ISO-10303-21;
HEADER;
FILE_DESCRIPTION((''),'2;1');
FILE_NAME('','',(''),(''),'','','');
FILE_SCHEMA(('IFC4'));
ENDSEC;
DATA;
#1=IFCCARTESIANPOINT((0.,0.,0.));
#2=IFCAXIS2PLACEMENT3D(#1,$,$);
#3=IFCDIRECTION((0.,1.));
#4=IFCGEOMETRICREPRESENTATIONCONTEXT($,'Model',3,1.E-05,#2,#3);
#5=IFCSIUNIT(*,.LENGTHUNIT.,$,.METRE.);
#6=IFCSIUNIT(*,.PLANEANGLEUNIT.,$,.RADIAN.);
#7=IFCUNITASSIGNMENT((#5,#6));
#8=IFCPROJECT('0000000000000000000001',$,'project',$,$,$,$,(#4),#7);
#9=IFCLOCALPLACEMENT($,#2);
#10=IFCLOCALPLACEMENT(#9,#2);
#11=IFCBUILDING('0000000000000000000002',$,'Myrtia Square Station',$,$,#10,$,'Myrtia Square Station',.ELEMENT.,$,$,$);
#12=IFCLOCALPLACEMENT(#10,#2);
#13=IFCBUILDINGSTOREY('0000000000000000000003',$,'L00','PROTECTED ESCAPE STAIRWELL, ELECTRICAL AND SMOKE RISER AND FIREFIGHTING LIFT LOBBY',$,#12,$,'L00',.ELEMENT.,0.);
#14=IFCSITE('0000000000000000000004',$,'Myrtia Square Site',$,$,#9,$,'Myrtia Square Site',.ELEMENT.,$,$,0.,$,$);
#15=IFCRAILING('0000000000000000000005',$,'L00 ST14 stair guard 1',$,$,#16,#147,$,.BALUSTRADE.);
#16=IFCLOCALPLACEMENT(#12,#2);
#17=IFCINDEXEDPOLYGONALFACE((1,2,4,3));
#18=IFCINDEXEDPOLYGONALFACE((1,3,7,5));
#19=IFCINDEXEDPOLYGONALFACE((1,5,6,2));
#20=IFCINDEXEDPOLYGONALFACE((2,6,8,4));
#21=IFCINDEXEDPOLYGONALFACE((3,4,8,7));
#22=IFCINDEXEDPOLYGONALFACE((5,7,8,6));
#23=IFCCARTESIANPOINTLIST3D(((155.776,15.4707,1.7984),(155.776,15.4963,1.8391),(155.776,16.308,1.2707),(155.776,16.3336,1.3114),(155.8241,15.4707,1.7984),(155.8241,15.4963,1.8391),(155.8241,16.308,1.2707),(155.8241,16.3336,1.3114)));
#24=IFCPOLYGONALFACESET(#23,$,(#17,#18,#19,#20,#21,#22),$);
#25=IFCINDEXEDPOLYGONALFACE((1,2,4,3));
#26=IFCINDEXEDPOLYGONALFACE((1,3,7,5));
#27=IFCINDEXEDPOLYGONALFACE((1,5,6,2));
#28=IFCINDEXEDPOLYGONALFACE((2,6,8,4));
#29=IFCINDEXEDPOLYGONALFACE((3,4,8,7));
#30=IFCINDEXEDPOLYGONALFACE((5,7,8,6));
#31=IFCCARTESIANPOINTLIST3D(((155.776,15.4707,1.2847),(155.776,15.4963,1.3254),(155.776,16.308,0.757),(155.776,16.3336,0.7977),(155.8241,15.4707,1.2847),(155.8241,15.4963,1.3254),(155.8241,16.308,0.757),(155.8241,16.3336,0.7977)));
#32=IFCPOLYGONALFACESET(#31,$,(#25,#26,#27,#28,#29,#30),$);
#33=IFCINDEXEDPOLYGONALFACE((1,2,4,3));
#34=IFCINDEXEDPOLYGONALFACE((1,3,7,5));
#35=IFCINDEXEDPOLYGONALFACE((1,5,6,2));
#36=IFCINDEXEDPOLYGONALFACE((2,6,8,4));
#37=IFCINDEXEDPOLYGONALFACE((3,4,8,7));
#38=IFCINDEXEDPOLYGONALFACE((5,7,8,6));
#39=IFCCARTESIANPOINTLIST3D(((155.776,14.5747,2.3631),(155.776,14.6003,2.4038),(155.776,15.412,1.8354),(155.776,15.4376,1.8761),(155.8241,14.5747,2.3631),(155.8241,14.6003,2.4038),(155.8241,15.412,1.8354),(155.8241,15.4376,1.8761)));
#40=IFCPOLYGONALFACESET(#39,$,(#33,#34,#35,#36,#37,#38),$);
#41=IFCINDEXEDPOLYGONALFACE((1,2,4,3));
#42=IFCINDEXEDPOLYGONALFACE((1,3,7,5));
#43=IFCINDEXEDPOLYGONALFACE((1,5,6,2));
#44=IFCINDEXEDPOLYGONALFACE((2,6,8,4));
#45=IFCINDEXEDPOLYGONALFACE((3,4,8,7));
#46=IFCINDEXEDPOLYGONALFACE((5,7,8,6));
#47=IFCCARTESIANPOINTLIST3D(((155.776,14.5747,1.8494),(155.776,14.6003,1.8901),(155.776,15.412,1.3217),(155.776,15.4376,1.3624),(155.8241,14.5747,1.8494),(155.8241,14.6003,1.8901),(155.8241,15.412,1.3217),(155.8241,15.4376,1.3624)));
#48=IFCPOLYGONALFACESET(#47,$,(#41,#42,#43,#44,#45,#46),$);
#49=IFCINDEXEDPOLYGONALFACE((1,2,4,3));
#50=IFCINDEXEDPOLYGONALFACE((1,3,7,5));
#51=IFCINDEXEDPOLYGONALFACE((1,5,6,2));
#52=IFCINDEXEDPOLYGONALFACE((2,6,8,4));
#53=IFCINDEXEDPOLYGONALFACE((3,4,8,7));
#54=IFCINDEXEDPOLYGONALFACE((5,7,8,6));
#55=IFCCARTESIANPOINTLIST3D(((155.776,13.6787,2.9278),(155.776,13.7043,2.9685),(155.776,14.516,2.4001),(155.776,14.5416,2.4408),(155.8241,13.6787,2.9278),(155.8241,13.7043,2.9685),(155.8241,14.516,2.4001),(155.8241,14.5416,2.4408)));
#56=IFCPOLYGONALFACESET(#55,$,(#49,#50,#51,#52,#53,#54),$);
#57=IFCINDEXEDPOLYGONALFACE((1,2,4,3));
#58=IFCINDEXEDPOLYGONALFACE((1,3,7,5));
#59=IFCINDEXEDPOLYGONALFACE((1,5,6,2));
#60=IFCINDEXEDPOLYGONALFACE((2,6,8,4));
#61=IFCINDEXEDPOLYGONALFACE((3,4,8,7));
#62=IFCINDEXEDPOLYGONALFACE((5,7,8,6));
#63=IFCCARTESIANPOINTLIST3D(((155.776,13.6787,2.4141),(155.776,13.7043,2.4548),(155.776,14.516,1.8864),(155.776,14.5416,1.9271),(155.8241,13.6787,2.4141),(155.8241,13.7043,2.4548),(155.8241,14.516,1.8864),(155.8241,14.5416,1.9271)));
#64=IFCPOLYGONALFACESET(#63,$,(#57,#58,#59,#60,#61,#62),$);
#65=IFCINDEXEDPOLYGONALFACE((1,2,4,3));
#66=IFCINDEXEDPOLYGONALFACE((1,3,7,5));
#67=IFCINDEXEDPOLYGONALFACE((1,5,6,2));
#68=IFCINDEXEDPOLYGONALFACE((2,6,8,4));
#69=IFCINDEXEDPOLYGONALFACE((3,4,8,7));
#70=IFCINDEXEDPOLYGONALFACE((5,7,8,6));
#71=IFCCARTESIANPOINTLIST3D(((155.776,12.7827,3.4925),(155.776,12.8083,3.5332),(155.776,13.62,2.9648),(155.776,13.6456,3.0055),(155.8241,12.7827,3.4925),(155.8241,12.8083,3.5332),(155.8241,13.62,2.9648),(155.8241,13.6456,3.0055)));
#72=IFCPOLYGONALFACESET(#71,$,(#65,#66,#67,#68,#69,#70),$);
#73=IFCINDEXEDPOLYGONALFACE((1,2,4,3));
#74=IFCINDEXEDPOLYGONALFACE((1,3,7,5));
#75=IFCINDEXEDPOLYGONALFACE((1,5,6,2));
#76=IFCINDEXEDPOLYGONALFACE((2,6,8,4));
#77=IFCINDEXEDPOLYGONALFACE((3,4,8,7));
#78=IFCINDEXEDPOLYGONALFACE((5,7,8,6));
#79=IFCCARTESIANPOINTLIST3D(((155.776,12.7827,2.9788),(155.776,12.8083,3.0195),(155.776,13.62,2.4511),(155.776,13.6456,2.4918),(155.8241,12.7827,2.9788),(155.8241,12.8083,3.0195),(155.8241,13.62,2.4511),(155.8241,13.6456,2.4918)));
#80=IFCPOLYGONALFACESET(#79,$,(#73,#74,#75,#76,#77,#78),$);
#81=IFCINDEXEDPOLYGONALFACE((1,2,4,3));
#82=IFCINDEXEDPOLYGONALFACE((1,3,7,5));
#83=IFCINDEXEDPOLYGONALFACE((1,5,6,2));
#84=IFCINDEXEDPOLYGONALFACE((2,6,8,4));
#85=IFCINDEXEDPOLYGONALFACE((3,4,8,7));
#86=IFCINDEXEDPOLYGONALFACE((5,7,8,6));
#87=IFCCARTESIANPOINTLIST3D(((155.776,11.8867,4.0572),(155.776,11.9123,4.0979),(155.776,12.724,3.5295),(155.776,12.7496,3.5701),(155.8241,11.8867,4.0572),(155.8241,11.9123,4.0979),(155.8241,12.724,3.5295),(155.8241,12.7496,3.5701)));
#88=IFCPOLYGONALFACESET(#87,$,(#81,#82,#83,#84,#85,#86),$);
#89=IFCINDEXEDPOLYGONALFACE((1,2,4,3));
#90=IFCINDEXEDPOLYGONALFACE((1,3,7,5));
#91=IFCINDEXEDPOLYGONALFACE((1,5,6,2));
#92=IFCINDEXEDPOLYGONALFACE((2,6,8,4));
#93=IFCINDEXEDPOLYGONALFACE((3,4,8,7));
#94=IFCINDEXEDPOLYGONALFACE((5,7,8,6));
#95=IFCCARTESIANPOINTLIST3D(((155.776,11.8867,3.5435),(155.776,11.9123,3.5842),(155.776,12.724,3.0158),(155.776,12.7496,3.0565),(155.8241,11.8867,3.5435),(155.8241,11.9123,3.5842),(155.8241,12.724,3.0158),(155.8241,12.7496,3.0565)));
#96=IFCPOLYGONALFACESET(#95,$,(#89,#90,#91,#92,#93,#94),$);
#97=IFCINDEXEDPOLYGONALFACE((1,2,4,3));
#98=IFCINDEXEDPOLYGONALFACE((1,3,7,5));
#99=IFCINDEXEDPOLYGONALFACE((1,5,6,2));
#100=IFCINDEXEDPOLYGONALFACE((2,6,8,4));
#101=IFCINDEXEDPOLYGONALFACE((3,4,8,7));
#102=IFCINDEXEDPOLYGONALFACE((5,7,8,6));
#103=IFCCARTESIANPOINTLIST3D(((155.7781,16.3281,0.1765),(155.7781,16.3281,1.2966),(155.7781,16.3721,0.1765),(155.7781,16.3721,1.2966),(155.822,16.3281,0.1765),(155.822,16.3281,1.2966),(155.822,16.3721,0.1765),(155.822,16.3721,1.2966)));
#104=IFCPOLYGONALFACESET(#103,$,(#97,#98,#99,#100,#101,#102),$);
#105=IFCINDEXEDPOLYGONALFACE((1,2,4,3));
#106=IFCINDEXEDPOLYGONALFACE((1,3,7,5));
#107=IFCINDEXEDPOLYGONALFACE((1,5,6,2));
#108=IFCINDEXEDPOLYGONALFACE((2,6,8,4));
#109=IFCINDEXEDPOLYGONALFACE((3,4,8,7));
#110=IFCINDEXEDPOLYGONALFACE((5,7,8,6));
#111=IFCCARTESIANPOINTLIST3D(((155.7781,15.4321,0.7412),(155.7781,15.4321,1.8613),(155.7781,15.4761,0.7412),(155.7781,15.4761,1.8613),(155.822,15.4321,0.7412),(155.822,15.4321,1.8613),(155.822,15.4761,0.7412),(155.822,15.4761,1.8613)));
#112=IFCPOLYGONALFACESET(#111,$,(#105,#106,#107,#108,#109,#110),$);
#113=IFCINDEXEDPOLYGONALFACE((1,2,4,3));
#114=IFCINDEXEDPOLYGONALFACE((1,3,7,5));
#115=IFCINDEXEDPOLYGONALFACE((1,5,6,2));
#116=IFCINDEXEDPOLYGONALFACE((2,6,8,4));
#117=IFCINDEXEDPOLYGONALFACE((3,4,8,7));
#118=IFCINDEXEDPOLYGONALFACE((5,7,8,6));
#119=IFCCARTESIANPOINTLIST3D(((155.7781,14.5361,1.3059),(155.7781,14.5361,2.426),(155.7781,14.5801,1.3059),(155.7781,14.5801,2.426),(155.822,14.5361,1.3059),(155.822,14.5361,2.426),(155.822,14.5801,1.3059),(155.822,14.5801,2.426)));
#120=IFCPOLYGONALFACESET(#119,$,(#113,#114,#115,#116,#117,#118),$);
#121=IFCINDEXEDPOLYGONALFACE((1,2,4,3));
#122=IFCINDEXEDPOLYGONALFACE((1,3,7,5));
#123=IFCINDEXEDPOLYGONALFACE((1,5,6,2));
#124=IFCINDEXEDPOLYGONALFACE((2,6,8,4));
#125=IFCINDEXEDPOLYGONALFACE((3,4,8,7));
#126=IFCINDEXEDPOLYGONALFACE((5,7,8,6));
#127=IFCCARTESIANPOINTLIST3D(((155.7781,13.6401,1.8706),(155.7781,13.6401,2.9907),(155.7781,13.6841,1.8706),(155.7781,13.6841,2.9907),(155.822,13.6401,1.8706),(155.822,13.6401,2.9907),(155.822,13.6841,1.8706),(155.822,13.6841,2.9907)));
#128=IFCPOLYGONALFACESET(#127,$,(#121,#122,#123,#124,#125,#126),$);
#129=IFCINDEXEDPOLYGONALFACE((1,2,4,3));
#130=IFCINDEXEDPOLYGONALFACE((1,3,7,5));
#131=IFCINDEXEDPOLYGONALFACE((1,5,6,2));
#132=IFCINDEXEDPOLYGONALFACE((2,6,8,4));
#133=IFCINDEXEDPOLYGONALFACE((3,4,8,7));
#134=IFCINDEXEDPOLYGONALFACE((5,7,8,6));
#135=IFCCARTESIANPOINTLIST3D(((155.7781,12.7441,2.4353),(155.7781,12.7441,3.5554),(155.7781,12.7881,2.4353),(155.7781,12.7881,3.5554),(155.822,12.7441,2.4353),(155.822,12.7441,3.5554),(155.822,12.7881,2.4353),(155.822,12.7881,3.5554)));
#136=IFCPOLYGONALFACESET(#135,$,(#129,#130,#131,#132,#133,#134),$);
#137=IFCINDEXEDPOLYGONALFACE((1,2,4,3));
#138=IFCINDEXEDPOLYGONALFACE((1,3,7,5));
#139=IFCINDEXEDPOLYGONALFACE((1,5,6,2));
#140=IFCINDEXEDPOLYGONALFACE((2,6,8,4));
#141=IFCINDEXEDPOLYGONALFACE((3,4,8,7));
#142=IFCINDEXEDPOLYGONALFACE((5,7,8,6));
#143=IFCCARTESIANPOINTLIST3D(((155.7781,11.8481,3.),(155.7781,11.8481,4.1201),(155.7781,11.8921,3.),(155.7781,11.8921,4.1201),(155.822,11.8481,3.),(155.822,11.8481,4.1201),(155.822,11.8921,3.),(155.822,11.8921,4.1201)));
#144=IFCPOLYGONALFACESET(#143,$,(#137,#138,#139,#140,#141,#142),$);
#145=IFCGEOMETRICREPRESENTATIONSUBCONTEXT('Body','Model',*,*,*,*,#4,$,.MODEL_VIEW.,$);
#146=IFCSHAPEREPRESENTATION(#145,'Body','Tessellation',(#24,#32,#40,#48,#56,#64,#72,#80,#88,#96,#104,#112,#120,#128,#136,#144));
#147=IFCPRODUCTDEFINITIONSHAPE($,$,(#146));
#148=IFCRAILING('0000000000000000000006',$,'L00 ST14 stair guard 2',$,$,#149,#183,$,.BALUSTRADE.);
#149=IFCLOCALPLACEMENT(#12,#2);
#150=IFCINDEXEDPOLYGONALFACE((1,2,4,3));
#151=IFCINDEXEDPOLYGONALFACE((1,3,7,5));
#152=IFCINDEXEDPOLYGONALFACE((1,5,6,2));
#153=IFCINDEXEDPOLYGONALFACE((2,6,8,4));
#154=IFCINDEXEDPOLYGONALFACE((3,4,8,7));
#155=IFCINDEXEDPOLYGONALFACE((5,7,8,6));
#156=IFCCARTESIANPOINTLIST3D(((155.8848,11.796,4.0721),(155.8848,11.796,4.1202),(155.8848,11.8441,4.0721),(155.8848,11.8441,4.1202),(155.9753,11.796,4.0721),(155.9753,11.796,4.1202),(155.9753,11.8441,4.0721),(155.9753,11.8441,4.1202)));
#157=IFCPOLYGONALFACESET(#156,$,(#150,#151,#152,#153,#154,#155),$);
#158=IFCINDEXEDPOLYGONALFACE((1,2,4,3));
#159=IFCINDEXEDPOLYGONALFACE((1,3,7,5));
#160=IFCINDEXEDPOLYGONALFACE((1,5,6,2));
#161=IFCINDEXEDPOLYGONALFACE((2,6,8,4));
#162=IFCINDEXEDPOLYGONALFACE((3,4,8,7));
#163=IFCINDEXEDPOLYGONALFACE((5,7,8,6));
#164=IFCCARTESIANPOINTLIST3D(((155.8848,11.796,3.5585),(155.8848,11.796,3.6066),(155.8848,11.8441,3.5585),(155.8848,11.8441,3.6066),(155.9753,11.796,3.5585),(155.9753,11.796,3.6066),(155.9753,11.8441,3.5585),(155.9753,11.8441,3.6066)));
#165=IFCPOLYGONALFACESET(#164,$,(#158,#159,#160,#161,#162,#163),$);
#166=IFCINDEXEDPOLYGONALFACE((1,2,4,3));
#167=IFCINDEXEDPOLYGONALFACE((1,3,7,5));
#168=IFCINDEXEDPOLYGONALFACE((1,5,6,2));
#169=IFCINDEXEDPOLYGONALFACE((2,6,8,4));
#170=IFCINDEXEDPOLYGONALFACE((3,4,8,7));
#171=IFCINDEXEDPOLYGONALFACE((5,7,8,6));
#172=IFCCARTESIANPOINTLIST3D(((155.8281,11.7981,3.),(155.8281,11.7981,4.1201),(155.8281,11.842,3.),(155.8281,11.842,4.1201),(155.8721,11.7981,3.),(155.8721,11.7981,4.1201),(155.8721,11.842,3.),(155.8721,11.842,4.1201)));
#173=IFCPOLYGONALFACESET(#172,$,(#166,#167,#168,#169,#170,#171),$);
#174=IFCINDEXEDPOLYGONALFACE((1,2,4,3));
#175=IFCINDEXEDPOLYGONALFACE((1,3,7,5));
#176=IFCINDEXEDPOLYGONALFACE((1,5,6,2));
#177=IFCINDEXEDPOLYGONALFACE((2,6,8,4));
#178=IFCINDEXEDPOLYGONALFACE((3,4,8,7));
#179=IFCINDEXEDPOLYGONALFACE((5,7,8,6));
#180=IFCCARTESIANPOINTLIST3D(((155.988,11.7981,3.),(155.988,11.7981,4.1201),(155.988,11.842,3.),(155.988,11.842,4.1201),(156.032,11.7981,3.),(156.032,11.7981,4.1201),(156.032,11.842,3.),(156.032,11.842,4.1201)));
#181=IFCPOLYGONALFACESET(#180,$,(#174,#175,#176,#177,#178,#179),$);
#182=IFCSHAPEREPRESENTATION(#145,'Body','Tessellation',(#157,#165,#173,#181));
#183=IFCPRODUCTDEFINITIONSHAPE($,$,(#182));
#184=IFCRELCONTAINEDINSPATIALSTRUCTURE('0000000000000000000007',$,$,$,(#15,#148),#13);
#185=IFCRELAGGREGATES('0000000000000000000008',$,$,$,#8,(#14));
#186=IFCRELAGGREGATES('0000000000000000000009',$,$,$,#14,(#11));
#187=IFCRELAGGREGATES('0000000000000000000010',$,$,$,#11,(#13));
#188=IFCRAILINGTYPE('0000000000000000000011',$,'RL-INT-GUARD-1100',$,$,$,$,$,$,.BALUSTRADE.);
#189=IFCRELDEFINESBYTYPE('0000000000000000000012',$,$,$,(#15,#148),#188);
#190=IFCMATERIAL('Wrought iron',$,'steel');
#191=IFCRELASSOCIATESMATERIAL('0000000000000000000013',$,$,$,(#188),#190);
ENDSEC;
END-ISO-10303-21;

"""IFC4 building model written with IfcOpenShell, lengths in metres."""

from ifc_helpers import new_model, si_unit, direction, frame, origin, origin_2d, place, context, subcontext, project, spatial, rectangle, extrude, material, type_object, element, save


model = new_model("IFC4")

# Units and contexts
model_context = context("Model", 3, precision=1e-05, world=origin(), true_north=direction((0.0, 1.0)))
body_context = subcontext(model_context, "Body", "Model", "MODEL_VIEW")
ifc_project = project(units=[si_unit("LENGTHUNIT", "METRE"), si_unit("PLANEANGLEUNIT", "RADIAN")], contexts=[model_context])

# Site, building, storey
site_placement = place(None, origin())
site = spatial("IfcSite", under=ifc_project, at=site_placement, Name="Myrtia Square Site", LongName="Myrtia Square Site", CompositionType="ELEMENT", RefElevation=0.0)
building_placement = place(site_placement, origin())
building = spatial("IfcBuilding", under=site, at=building_placement, Name="Myrtia Square Station", LongName="Myrtia Square Station", CompositionType="ELEMENT")
storey_placement = place(building_placement, origin())
storey = spatial("IfcBuildingStorey", under=building, at=storey_placement, Name="L00", Description="PROTECTED ESCAPE STAIRWELL, ELECTRICAL AND SMOKE RISER AND FIREFIGHTING LIFT LOBBY", LongName="L00", CompositionType="ELEMENT", Elevation=0.0)

# Railings
ifc_material_1 = material(Name="Wrought iron", Category="steel")
railing_type_1 = type_object("IfcRailingType", Name="RL-INT-GUARD-1100", PredefinedType="BALUSTRADE", material=ifc_material_1)
railing_1_placement = place(storey_placement, frame((155.8, 16.3501, 0.1765)))
element("IfcRailing", 1, at=railing_1_placement, inside=storey, type_object=railing_type_1, Name="L00 ST14 stair guard 1", PredefinedType="BALUSTRADE", context=body_context, shape_type="SweptSolid", body=[
    extrude(rectangle(XDim=0.0481, YDim=0.0481, at=origin_2d()), frame((0.0, -0.0293, 1.1145), z_axis=(0.0, -0.845998, 0.533186), x_axis=(1.0, 0.0, 0.0)), (0.0, 0.0, 1.0), 0.9897),
    extrude(rectangle(XDim=0.0481, YDim=0.0481, at=origin_2d()), frame((0.0, -0.0293, 0.6008), z_axis=(0.0, -0.845998, 0.533186), x_axis=(1.0, 0.0, 0.0)), (0.0, 0.0, 1.0), 0.9897),
    extrude(rectangle(XDim=0.0481, YDim=0.0481, at=origin_2d()), frame((0.0, -0.9253, 1.6792), z_axis=(0.0, -0.845998, 0.533186), x_axis=(1.0, 0.0, 0.0)), (0.0, 0.0, 1.0), 0.9897),
    extrude(rectangle(XDim=0.0481, YDim=0.0481, at=origin_2d()), frame((0.0, -0.9253, 1.1655), z_axis=(0.0, -0.845998, 0.533186), x_axis=(1.0, 0.0, 0.0)), (0.0, 0.0, 1.0), 0.9897),
    extrude(rectangle(XDim=0.0481, YDim=0.0481, at=origin_2d()), frame((0.0, -1.8213, 2.2439), z_axis=(0.0, -0.845998, 0.533186), x_axis=(1.0, 0.0, 0.0)), (0.0, 0.0, 1.0), 0.9897),
    extrude(rectangle(XDim=0.0481, YDim=0.0481, at=origin_2d()), frame((0.0, -1.8213, 1.7302), z_axis=(0.0, -0.845998, 0.533186), x_axis=(1.0, 0.0, 0.0)), (0.0, 0.0, 1.0), 0.9897),
    extrude(rectangle(XDim=0.0481, YDim=0.0481, at=origin_2d()), frame((0.0, -2.7173, 2.8086), z_axis=(0.0, -0.845998, 0.533186), x_axis=(1.0, 0.0, 0.0)), (0.0, 0.0, 1.0), 0.9897),
    extrude(rectangle(XDim=0.0481, YDim=0.0481, at=origin_2d()), frame((0.0, -2.7173, 2.2949), z_axis=(0.0, -0.845998, 0.533186), x_axis=(1.0, 0.0, 0.0)), (0.0, 0.0, 1.0), 0.9897),
    extrude(rectangle(XDim=0.0481, YDim=0.0481, at=origin_2d()), frame((0.0, -3.6133, 3.3733), z_axis=(0.0, -0.845998, 0.533186), x_axis=(1.0, 0.0, 0.0)), (0.0, 0.0, 1.0), 0.9897),
    extrude(rectangle(XDim=0.0481, YDim=0.0481, at=origin_2d()), frame((0.0, -3.6133, 2.8596), z_axis=(0.0, -0.845998, 0.533186), x_axis=(1.0, 0.0, 0.0)), (0.0, 0.0, 1.0), 0.9897),
    extrude(rectangle(XDim=0.0439, YDim=0.0439, at=origin_2d()), origin(), (0.0, 0.0, 1.0), 1.1201),
    extrude(rectangle(XDim=0.0439, YDim=0.0439, at=origin_2d()), frame((0.0, -0.896, 0.5647)), (0.0, 0.0, 1.0), 1.1201),
    extrude(rectangle(XDim=0.0439, YDim=0.0439, at=origin_2d()), frame((0.0, -1.792, 1.1294)), (0.0, 0.0, 1.0), 1.1201),
    extrude(rectangle(XDim=0.0439, YDim=0.0439, at=origin_2d()), frame((0.0, -2.688, 1.6941)), (0.0, 0.0, 1.0), 1.1201),
    extrude(rectangle(XDim=0.0439, YDim=0.0439, at=origin_2d()), frame((0.0, -3.584, 2.2588)), (0.0, 0.0, 1.0), 1.1201),
    extrude(rectangle(XDim=0.0439, YDim=0.0439, at=origin_2d()), frame((0.0, -4.48, 2.8235)), (0.0, 0.0, 1.0), 1.1201),
])
railing_2_placement = place(storey_placement, frame((155.8501, 11.8201, 3.0)))
element("IfcRailing", 2, at=railing_2_placement, inside=storey, type_object=railing_type_1, Name="L00 ST14 stair guard 2", PredefinedType="BALUSTRADE", context=body_context, shape_type="SweptSolid", body=[
    extrude(rectangle(XDim=0.0481, YDim=0.0481, at=origin_2d()), frame((0.0347, 0.0, 1.0962), z_axis=(1.0, 0.0, 0.0), x_axis=(0.0, 1.0, 0.0)), (0.0, 0.0, 1.0), 0.0906),
    extrude(rectangle(XDim=0.0481, YDim=0.0481, at=origin_2d()), frame((0.0347, 0.0, 0.5825), z_axis=(1.0, 0.0, 0.0), x_axis=(0.0, 1.0, 0.0)), (0.0, 0.0, 1.0), 0.0906),
    extrude(rectangle(XDim=0.0439, YDim=0.0439, at=origin_2d()), origin(), (0.0, 0.0, 1.0), 1.1201),
    extrude(rectangle(XDim=0.0439, YDim=0.0439, at=origin_2d()), frame((0.1599, 0.0, 0.0)), (0.0, 0.0, 1.0), 1.1201),
])

save(model, "model.ifc")
